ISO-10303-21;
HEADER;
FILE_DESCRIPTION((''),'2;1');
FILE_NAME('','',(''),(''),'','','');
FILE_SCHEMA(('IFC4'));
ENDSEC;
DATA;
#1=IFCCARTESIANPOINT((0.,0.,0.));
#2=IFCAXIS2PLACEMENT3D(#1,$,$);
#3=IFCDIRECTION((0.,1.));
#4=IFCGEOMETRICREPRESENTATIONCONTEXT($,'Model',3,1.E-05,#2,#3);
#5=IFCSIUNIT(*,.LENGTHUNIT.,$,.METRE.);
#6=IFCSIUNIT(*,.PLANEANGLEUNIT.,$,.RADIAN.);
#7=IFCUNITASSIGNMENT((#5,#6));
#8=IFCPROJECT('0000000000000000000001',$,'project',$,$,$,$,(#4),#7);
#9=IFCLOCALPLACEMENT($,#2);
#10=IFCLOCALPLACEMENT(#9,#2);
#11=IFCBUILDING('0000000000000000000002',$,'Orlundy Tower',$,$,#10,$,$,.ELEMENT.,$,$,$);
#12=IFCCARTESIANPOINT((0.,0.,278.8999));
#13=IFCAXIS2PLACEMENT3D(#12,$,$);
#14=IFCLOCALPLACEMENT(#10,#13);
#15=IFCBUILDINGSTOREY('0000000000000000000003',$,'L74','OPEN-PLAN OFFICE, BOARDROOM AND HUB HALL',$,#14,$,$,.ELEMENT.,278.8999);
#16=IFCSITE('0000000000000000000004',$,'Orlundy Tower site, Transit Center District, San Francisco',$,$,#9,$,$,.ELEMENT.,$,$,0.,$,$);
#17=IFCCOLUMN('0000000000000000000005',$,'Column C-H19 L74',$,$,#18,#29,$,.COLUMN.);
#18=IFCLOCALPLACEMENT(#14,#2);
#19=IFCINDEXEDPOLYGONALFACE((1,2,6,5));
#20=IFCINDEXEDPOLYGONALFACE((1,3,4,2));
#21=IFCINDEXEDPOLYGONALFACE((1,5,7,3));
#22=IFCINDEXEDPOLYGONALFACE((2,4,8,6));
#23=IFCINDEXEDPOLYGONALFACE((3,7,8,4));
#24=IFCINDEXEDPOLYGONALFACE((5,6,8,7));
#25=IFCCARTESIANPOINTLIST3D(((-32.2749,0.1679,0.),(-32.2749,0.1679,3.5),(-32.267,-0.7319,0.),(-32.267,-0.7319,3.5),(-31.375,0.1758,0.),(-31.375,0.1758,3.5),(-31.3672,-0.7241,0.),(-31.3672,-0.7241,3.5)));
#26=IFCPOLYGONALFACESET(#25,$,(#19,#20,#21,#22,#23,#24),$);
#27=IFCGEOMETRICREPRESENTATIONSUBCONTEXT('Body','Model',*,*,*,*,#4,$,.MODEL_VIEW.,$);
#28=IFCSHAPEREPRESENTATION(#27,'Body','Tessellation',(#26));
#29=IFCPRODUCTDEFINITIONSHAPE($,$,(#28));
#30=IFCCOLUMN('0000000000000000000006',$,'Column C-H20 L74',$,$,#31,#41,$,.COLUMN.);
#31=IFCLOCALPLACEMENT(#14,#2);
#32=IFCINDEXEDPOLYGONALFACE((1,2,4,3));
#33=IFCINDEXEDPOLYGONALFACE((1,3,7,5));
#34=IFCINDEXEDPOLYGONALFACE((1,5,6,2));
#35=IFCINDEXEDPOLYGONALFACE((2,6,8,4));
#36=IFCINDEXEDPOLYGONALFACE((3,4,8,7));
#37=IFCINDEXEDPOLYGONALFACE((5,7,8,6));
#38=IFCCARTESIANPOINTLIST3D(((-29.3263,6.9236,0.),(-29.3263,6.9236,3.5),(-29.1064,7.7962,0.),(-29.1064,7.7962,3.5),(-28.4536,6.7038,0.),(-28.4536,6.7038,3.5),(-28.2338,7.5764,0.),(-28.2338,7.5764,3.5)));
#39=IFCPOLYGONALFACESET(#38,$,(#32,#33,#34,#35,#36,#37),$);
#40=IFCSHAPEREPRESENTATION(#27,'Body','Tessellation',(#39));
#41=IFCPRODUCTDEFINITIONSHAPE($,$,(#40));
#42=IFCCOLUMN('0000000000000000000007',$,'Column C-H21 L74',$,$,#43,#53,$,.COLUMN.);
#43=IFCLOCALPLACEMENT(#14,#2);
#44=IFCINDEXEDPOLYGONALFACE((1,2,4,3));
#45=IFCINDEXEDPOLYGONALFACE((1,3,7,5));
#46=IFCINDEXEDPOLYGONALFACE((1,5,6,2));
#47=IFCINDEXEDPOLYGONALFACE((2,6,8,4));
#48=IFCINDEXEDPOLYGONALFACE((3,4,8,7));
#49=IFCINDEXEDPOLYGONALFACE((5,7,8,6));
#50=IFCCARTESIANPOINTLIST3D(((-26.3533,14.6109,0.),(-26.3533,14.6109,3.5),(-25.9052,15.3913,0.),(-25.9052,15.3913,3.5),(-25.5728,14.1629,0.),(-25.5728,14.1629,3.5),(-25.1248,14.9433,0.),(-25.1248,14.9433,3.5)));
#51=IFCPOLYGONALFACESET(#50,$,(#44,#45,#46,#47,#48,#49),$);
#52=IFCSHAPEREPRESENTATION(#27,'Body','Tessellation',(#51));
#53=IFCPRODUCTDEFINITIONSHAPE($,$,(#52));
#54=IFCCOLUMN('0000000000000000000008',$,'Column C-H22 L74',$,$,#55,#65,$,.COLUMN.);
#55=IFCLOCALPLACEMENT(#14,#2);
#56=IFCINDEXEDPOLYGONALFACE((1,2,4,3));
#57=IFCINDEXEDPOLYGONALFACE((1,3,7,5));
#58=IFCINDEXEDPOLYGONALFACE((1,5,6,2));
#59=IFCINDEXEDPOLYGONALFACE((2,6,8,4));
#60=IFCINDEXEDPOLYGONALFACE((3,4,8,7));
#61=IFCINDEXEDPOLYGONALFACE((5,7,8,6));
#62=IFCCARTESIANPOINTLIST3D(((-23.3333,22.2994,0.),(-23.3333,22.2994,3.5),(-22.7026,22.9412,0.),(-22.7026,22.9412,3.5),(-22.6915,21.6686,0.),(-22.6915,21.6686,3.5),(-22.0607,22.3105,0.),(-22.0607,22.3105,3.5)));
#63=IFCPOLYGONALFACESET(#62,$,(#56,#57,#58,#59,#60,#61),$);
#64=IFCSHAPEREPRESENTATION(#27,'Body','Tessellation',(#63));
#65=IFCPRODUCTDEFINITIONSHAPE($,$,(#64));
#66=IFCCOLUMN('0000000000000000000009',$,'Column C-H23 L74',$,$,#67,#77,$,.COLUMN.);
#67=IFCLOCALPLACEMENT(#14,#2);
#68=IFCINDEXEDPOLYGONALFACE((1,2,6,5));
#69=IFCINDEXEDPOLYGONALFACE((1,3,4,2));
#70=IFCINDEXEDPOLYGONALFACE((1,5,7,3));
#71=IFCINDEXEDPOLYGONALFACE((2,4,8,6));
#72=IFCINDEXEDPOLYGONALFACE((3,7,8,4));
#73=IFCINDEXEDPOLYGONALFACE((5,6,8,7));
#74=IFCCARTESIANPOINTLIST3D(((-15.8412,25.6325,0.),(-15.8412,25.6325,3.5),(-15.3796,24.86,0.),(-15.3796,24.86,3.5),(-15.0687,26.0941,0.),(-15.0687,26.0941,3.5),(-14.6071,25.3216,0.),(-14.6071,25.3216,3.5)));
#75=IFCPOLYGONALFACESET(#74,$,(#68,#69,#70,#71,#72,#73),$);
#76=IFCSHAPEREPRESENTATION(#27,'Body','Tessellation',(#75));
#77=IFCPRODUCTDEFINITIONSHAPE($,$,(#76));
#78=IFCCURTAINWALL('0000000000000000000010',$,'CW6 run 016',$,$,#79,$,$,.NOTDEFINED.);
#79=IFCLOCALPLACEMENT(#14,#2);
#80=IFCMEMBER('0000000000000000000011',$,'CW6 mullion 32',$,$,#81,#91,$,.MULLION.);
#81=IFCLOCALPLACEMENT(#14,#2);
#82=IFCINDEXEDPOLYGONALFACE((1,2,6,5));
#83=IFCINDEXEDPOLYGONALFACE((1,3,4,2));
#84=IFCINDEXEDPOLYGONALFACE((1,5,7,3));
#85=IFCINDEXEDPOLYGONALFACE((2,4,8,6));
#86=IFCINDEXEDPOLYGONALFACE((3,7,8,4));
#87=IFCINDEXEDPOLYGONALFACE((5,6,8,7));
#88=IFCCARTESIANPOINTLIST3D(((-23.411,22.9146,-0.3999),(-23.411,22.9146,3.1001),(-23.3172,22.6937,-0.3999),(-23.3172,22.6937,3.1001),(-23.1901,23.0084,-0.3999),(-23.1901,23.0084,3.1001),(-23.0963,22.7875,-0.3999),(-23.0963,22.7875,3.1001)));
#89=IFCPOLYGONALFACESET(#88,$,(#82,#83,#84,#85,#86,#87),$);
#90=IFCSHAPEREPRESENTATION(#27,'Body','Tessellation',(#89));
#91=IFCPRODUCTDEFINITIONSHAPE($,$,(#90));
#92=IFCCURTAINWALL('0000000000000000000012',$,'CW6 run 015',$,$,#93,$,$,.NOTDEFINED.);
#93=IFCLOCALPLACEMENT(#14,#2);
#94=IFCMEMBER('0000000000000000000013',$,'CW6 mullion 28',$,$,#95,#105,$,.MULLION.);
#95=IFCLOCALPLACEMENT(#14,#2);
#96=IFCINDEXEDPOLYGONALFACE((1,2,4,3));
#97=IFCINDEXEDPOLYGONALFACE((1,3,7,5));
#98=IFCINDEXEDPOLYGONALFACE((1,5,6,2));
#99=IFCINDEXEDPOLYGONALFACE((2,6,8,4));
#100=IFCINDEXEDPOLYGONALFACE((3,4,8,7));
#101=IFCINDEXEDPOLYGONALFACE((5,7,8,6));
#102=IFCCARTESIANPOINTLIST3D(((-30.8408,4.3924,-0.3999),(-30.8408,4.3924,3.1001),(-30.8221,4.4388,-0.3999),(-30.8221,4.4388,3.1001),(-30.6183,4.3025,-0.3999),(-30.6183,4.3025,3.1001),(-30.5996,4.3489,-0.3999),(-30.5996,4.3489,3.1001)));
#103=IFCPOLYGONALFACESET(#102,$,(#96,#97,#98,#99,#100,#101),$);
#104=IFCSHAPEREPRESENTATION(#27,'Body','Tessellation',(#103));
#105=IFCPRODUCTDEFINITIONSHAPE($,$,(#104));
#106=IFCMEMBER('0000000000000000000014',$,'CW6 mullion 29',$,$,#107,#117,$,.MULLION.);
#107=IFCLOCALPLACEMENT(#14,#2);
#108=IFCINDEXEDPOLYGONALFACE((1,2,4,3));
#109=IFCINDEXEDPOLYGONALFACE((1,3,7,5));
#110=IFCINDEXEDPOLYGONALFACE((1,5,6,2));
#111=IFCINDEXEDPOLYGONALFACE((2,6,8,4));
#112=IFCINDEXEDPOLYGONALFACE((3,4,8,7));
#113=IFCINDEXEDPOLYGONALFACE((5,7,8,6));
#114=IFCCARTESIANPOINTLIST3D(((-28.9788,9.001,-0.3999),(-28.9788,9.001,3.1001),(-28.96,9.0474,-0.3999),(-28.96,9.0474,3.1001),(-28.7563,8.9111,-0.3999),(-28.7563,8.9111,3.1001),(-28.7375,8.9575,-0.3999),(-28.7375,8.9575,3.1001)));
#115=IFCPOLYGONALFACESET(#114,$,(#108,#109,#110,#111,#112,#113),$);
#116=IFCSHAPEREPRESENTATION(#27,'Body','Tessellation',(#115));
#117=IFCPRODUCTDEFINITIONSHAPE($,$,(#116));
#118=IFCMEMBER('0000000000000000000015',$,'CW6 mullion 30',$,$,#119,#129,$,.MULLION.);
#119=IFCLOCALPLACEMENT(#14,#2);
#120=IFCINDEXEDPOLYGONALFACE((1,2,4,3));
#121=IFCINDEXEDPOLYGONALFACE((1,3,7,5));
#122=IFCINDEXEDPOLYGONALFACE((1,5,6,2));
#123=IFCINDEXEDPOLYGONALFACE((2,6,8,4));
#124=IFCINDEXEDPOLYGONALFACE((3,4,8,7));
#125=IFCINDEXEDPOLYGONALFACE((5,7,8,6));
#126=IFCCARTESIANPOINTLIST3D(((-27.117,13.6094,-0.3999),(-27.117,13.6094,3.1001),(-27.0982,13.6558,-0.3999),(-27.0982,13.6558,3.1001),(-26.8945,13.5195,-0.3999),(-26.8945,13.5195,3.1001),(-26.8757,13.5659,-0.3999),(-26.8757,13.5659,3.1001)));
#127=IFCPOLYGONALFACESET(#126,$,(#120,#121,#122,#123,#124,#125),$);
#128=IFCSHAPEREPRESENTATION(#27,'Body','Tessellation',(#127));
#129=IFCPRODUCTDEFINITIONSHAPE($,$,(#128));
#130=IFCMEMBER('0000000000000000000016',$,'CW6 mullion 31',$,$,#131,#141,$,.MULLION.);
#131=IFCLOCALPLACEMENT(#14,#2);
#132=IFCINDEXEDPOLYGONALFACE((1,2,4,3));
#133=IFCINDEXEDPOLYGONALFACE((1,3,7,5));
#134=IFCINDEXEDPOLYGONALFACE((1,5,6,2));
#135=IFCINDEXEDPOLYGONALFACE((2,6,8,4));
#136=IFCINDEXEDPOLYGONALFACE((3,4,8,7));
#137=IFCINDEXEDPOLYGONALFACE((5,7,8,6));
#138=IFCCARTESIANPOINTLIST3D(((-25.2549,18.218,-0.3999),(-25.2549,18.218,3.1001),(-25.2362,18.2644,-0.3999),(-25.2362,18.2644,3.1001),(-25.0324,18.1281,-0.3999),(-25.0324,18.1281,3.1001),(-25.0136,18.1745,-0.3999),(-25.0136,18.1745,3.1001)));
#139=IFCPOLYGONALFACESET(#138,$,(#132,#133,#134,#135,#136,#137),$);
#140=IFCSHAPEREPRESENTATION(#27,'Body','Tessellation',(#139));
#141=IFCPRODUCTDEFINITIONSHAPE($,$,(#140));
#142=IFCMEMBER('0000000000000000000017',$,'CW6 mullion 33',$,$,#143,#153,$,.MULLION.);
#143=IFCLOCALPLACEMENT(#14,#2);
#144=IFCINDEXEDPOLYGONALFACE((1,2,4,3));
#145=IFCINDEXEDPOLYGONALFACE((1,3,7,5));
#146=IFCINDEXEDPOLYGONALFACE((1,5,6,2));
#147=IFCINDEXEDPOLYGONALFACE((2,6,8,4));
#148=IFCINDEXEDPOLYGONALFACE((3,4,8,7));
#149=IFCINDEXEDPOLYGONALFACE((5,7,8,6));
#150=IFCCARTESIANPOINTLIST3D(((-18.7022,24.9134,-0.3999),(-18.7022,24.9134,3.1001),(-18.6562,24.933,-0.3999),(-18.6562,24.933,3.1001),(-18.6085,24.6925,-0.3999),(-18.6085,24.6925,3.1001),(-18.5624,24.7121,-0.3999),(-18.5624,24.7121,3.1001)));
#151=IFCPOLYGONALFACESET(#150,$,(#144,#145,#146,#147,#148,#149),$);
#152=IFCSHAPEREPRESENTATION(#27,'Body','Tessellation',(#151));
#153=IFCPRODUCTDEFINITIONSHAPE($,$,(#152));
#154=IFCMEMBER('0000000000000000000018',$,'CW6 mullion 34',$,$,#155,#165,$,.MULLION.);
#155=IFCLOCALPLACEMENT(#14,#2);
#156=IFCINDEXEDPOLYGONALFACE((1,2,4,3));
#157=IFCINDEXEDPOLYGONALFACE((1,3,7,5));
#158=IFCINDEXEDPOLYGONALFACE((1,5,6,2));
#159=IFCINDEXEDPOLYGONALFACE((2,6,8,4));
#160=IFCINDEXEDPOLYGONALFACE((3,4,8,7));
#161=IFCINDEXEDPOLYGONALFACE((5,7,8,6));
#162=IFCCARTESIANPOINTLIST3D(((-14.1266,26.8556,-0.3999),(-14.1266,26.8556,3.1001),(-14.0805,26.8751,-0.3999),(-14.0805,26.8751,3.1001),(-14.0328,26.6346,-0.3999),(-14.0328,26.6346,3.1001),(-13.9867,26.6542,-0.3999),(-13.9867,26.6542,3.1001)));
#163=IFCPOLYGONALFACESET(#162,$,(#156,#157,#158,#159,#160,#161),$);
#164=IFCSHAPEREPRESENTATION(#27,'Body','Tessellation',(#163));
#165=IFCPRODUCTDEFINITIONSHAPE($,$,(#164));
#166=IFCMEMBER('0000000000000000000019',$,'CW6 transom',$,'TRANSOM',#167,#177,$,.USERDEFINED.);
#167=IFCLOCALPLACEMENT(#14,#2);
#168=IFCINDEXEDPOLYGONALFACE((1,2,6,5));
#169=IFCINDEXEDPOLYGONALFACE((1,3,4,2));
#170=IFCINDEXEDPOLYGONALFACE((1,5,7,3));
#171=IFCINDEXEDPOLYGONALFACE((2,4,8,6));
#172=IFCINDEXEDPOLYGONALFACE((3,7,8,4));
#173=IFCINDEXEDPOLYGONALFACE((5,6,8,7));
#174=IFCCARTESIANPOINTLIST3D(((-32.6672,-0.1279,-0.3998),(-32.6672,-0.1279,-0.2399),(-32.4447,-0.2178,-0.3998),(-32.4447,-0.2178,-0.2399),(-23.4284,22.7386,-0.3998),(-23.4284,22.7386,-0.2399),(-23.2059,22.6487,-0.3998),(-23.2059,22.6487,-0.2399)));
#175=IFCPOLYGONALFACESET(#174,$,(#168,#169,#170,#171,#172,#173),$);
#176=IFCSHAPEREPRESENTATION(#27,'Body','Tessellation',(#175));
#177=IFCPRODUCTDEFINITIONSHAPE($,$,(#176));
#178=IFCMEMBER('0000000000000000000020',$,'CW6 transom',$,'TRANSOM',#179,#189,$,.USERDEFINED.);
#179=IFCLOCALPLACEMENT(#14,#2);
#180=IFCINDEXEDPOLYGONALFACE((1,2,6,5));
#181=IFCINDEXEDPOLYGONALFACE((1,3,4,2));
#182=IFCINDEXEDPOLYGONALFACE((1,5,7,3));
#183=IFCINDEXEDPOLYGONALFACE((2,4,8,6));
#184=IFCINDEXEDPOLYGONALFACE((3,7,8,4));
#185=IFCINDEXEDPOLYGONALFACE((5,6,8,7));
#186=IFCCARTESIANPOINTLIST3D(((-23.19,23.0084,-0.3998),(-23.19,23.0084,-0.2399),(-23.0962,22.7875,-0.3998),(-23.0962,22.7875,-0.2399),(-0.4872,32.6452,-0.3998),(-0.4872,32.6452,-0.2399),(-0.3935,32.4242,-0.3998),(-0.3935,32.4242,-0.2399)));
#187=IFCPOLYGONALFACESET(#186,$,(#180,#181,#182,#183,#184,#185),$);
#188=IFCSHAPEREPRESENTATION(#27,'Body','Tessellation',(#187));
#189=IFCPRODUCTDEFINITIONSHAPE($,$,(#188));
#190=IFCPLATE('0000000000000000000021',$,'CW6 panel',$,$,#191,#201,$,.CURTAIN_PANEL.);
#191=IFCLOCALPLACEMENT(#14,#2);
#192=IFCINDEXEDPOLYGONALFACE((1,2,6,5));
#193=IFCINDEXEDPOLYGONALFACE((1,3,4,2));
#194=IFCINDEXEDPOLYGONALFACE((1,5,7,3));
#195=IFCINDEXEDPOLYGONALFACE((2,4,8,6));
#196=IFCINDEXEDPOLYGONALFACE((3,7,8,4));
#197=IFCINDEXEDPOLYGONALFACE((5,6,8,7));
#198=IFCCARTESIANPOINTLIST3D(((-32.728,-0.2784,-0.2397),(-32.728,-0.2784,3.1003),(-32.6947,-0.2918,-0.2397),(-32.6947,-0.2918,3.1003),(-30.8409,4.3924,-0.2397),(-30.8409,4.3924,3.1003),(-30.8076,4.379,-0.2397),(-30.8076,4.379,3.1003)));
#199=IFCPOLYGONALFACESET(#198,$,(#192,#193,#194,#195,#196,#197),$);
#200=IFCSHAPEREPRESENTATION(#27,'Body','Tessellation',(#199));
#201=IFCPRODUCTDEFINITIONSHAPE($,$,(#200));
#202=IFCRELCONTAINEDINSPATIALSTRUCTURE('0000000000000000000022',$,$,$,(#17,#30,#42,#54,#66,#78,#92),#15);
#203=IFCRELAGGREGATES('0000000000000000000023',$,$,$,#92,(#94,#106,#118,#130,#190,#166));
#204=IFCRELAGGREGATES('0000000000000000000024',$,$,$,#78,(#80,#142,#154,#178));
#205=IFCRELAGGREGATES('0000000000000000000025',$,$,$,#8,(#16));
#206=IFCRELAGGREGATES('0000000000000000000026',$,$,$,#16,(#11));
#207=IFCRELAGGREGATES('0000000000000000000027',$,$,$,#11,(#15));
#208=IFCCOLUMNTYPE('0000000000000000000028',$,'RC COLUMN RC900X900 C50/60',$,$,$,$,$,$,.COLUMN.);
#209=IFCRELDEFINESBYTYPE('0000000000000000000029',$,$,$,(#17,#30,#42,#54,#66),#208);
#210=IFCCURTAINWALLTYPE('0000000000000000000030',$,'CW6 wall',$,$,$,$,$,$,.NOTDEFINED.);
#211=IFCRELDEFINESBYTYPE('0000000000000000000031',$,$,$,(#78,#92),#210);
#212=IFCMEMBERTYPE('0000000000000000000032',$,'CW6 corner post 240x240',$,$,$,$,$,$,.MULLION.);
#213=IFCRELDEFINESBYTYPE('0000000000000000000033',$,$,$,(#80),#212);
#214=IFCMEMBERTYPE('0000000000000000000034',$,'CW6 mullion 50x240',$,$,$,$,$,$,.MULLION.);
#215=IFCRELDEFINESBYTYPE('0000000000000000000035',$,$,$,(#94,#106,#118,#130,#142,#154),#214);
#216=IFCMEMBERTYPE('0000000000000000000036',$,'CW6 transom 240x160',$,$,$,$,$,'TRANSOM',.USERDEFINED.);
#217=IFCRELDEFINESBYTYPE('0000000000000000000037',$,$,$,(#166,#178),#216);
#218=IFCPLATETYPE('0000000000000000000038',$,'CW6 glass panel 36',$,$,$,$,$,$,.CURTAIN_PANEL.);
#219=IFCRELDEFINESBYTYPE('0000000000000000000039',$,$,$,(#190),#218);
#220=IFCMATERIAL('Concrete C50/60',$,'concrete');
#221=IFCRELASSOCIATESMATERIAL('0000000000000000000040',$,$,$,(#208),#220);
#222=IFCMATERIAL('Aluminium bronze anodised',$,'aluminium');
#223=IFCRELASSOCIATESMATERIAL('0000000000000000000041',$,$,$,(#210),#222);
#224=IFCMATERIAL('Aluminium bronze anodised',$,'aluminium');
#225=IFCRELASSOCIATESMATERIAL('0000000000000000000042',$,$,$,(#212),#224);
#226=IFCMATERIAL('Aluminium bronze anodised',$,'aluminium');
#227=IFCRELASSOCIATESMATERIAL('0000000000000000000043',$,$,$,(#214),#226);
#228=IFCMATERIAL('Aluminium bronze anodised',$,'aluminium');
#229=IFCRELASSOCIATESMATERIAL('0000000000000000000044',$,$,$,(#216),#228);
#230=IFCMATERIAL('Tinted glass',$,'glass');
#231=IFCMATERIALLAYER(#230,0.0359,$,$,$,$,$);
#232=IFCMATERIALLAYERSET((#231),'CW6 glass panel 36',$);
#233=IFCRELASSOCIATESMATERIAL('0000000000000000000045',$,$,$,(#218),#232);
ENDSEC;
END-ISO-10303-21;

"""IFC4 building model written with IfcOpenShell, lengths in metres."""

from ifc_helpers import new_model, si_unit, direction, frame, origin, origin_2d, place, context, subcontext, project, spatial, rectangle, extrude, material, layer, layer_set, material_profile, profile_set, type_object, element, aggregate, save


model = new_model("IFC4")

# Units and contexts
model_context = context("Model", 3, precision=1e-05, world=origin(), true_north=direction((0.0, 1.0)))
body_context = subcontext(model_context, "Body", "Model", "MODEL_VIEW")
ifc_project = project(units=[si_unit("LENGTHUNIT", "METRE"), si_unit("PLANEANGLEUNIT", "RADIAN")], contexts=[model_context])

# Site, building, storey
site_placement = place(None, origin())
site = spatial("IfcSite", under=ifc_project, at=site_placement, Name="Orlundy Tower site, Transit Center District, San Francisco", CompositionType="ELEMENT", RefElevation=0.0)
building_placement = place(site_placement, origin())
building = spatial("IfcBuilding", under=site, at=building_placement, Name="Orlundy Tower", CompositionType="ELEMENT")
storey_placement = place(building_placement, frame((0.0, 0.0, 278.8999)))
storey = spatial("IfcBuildingStorey", under=building, at=storey_placement, Name="L74", Description="OPEN-PLAN OFFICE, BOARDROOM AND HUB HALL", CompositionType="ELEMENT", Elevation=278.8999)

# Columns
ifc_material_1 = material(Name="Concrete C50/60", Category="concrete")
ifc_material_profile_1 = material_profile(ifc_material_1, rectangle(XDim=0.8999, YDim=0.8999, at=origin_2d()), Name="RC900X900")
ifc_profile_set_1 = profile_set([ifc_material_profile_1], Name="Concrete C50/60")
column_type = type_object("IfcColumnType", Name="RC COLUMN RC900X900 C50/60", PredefinedType="COLUMN", material=ifc_profile_set_1)
for number, where, z_axis, x_axis, name in (
    (1, (-31.821, -0.2781, 0.0), (0.0, 0.0, 1.0), (-0.999962, -0.008744, 0.0), "Column C-H19 L74"),
    (2, (-28.78, 7.25, 0.0), (0.0, 0.0, 1.0), (-0.969706, 0.244275, 0.0), "Column C-H20 L74"),
    (3, (-25.739, 14.7771, 0.0), (0.0, 0.0, 1.0), (-0.867236, 0.497898, 0.0), "Column C-H21 L74"),
    (4, (-22.697, 22.3049, 0.0), (0.0, 0.0, 1.0), (-0.713238, 0.700922, 0.0), "Column C-H22 L74"),
    (5, (-15.2241, 25.4771, 0.0), (0.0, 0.0, 1.0), (-0.512957, 0.858414, 0.0), "Column C-H23 L74"),
):
    element("IfcColumn", number, at=place(storey_placement, frame(where, z_axis=z_axis, x_axis=x_axis)), inside=storey, type_object=column_type, Name=name, PredefinedType="COLUMN", context=body_context, shape_type="SweptSolid", body=[
        extrude(rectangle(XDim=0.8999, YDim=0.8999, at=origin_2d()), origin(), (0.0, 0.0, 1.0), 3.5),
    ])

# Curtain wall, member
ifc_material_2 = material(Name="Aluminium bronze anodised", Category="aluminium")
curtain_wall_type = type_object("IfcCurtainWallType", Name="CW6 wall", PredefinedType="NOTDEFINED", material=ifc_material_2)
curtain_wall_1_placement = place(storey_placement, origin())
curtain_wall_1 = element("IfcCurtainWall", 6, at=curtain_wall_1_placement, inside=storey, type_object=curtain_wall_type, Name="CW6 run 016", PredefinedType="NOTDEFINED")
ifc_material_3 = material(Name="Aluminium bronze anodised", Category="aluminium")
ifc_material_profile_2 = material_profile(ifc_material_3, rectangle(XDim=0.24, YDim=0.24, at=origin_2d()), Name="CW6 corner post 240x240")
ifc_profile_set_2 = profile_set([ifc_material_profile_2], Name="Aluminium bronze anodised")
member_type_1 = type_object("IfcMemberType", Name="CW6 corner post 240x240", PredefinedType="MULLION", material=ifc_profile_set_2)
member_1_placement = place(storey_placement, frame((-23.2537, 22.8511, -0.3999), z_axis=(0.0, 0.0, 1.0), x_axis=(-0.390727, 0.920507, 0.0)))
member_1 = element("IfcMember", 7, at=member_1_placement, type_object=member_type_1, Name="CW6 mullion 32", PredefinedType="MULLION", context=body_context, shape_type="SweptSolid", body=[
    extrude(rectangle(XDim=0.24, YDim=0.24, at=origin_2d()), origin(), (0.0, 0.0, 1.0), 3.5),
])

# Curtain wall, members
curtain_wall_2_placement = place(storey_placement, origin())
curtain_wall_2 = element("IfcCurtainWall", 8, at=curtain_wall_2_placement, inside=storey, type_object=curtain_wall_type, Name="CW6 run 015", PredefinedType="NOTDEFINED")
ifc_material_4 = material(Name="Aluminium bronze anodised", Category="aluminium")
ifc_material_profile_3 = material_profile(ifc_material_4, rectangle(XDim=0.24, YDim=0.05, at=origin_2d()), Name="CW6 mullion 50x240")
ifc_profile_set_3 = profile_set([ifc_material_profile_3], Name="Aluminium bronze anodised")
member_type_2 = type_object("IfcMemberType", Name="CW6 mullion 50x240", PredefinedType="MULLION", material=ifc_profile_set_3)
member_2_placement = place(storey_placement, frame((-30.7202, 4.3706, -0.3999), z_axis=(0.0, 0.0, 1.0), x_axis=(-0.927184, 0.374607, 0.0)))
member_2 = element("IfcMember", 9, at=member_2_placement, type_object=member_type_2, Name="CW6 mullion 28", PredefinedType="MULLION", context=body_context, shape_type="SweptSolid", body=[
    extrude(rectangle(XDim=0.24, YDim=0.05, at=origin_2d()), origin(), (0.0, 0.0, 1.0), 3.5),
])
member_3_placement = place(storey_placement, frame((-28.8582, 8.9792, -0.3999), z_axis=(0.0, 0.0, 1.0), x_axis=(-0.927184, 0.374607, 0.0)))
member_3 = element("IfcMember", 10, at=member_3_placement, type_object=member_type_2, Name="CW6 mullion 29", PredefinedType="MULLION", context=body_context, shape_type="SweptSolid", body=[
    extrude(rectangle(XDim=0.24, YDim=0.05, at=origin_2d()), origin(), (0.0, 0.0, 1.0), 3.5),
])
member_4_placement = place(storey_placement, frame((-26.9963, 13.5876, -0.3999), z_axis=(0.0, 0.0, 1.0), x_axis=(-0.927184, 0.374607, 0.0)))
member_4 = element("IfcMember", 11, at=member_4_placement, type_object=member_type_2, Name="CW6 mullion 30", PredefinedType="MULLION", context=body_context, shape_type="SweptSolid", body=[
    extrude(rectangle(XDim=0.24, YDim=0.05, at=origin_2d()), origin(), (0.0, 0.0, 1.0), 3.5),
])
member_5_placement = place(storey_placement, frame((-25.1343, 18.1963, -0.3999), z_axis=(0.0, 0.0, 1.0), x_axis=(-0.927184, 0.374607, 0.0)))
member_5 = element("IfcMember", 12, at=member_5_placement, type_object=member_type_2, Name="CW6 mullion 31", PredefinedType="MULLION", context=body_context, shape_type="SweptSolid", body=[
    extrude(rectangle(XDim=0.24, YDim=0.05, at=origin_2d()), origin(), (0.0, 0.0, 1.0), 3.5),
])

# Members
member_6_placement = place(storey_placement, frame((-18.6323, 24.8127, -0.3999), z_axis=(0.0, 0.0, 1.0), x_axis=(-0.390727, 0.920507, 0.0)))
member_6 = element("IfcMember", 13, at=member_6_placement, type_object=member_type_2, Name="CW6 mullion 33", PredefinedType="MULLION", context=body_context, shape_type="SweptSolid", body=[
    extrude(rectangle(XDim=0.24, YDim=0.05, at=origin_2d()), origin(), (0.0, 0.0, 1.0), 3.5),
])
member_7_placement = place(storey_placement, frame((-14.0566, 26.7549, -0.3999), z_axis=(0.0, 0.0, 1.0), x_axis=(-0.390727, 0.920507, 0.0)))
member_7 = element("IfcMember", 14, at=member_7_placement, type_object=member_type_2, Name="CW6 mullion 34", PredefinedType="MULLION", context=body_context, shape_type="SweptSolid", body=[
    extrude(rectangle(XDim=0.24, YDim=0.05, at=origin_2d()), origin(), (0.0, 0.0, 1.0), 3.5),
])
ifc_material_5 = material(Name="Aluminium bronze anodised", Category="aluminium")
ifc_material_profile_4 = material_profile(ifc_material_5, rectangle(XDim=0.24, YDim=0.1599, at=origin_2d()), Name="CW6 transom 240x160")
ifc_profile_set_4 = profile_set([ifc_material_profile_4], Name="Aluminium bronze anodised")
member_type_3 = type_object("IfcMemberType", Name="CW6 transom 240x160", ElementType="TRANSOM", PredefinedType="USERDEFINED", material=ifc_profile_set_4)
member_8_placement = place(storey_placement, frame((-32.5559, -0.1729, -0.3198), z_axis=(0.374611, 0.927182, 0.0), x_axis=(-0.927182, 0.374611, 0.0)))
member_8 = element("IfcMember", 15, at=member_8_placement, type_object=member_type_3, Name="CW6 transom", ObjectType="TRANSOM", PredefinedType="USERDEFINED", context=body_context, shape_type="SweptSolid", body=[
    extrude(rectangle(XDim=0.24, YDim=0.1599, at=origin_2d()), origin(), (0.0, 0.0, 1.0), 24.6624),
])
member_9_placement = place(storey_placement, frame((-23.1431, 22.8979, -0.3198), z_axis=(0.920505, 0.390732, 0.0), x_axis=(-0.390732, 0.920505, 0.0)))
member_9 = element("IfcMember", 16, at=member_9_placement, type_object=member_type_3, Name="CW6 transom", ObjectType="TRANSOM", PredefinedType="USERDEFINED", context=body_context, shape_type="SweptSolid", body=[
    extrude(rectangle(XDim=0.24, YDim=0.1599, at=origin_2d()), origin(), (0.0, 0.0, 1.0), 24.6633),
])

# Plate
ifc_material_6 = material(Name="Tinted glass", Category="glass")
ifc_layer_1 = layer(ifc_material_6, 0.0359)
ifc_layer_set_1 = layer_set([ifc_layer_1], Name="CW6 glass panel 36")
plate_type = type_object("IfcPlateType", Name="CW6 glass panel 36", PredefinedType="CURTAIN_PANEL", material=ifc_layer_set_1)
plate_1_placement = place(storey_placement, frame((-31.7678, 2.0503, -0.2397), z_axis=(0.0, 0.0, 1.0), x_axis=(0.374607, 0.927184, 0.0)))
plate_1 = element("IfcPlate", 17, at=plate_1_placement, type_object=plate_type, Name="CW6 panel", PredefinedType="CURTAIN_PANEL", context=body_context, shape_type="SweptSolid", body=[
    extrude(rectangle(XDim=5.0376, YDim=0.0359, at=origin_2d()), origin(), (0.0, 0.0, 1.0), 3.3401),
])
aggregate(curtain_wall_2, [member_2, member_3, member_4, member_5, plate_1, member_8])
aggregate(curtain_wall_1, [member_1, member_6, member_7, member_9])

save(model, "model.ifc")
